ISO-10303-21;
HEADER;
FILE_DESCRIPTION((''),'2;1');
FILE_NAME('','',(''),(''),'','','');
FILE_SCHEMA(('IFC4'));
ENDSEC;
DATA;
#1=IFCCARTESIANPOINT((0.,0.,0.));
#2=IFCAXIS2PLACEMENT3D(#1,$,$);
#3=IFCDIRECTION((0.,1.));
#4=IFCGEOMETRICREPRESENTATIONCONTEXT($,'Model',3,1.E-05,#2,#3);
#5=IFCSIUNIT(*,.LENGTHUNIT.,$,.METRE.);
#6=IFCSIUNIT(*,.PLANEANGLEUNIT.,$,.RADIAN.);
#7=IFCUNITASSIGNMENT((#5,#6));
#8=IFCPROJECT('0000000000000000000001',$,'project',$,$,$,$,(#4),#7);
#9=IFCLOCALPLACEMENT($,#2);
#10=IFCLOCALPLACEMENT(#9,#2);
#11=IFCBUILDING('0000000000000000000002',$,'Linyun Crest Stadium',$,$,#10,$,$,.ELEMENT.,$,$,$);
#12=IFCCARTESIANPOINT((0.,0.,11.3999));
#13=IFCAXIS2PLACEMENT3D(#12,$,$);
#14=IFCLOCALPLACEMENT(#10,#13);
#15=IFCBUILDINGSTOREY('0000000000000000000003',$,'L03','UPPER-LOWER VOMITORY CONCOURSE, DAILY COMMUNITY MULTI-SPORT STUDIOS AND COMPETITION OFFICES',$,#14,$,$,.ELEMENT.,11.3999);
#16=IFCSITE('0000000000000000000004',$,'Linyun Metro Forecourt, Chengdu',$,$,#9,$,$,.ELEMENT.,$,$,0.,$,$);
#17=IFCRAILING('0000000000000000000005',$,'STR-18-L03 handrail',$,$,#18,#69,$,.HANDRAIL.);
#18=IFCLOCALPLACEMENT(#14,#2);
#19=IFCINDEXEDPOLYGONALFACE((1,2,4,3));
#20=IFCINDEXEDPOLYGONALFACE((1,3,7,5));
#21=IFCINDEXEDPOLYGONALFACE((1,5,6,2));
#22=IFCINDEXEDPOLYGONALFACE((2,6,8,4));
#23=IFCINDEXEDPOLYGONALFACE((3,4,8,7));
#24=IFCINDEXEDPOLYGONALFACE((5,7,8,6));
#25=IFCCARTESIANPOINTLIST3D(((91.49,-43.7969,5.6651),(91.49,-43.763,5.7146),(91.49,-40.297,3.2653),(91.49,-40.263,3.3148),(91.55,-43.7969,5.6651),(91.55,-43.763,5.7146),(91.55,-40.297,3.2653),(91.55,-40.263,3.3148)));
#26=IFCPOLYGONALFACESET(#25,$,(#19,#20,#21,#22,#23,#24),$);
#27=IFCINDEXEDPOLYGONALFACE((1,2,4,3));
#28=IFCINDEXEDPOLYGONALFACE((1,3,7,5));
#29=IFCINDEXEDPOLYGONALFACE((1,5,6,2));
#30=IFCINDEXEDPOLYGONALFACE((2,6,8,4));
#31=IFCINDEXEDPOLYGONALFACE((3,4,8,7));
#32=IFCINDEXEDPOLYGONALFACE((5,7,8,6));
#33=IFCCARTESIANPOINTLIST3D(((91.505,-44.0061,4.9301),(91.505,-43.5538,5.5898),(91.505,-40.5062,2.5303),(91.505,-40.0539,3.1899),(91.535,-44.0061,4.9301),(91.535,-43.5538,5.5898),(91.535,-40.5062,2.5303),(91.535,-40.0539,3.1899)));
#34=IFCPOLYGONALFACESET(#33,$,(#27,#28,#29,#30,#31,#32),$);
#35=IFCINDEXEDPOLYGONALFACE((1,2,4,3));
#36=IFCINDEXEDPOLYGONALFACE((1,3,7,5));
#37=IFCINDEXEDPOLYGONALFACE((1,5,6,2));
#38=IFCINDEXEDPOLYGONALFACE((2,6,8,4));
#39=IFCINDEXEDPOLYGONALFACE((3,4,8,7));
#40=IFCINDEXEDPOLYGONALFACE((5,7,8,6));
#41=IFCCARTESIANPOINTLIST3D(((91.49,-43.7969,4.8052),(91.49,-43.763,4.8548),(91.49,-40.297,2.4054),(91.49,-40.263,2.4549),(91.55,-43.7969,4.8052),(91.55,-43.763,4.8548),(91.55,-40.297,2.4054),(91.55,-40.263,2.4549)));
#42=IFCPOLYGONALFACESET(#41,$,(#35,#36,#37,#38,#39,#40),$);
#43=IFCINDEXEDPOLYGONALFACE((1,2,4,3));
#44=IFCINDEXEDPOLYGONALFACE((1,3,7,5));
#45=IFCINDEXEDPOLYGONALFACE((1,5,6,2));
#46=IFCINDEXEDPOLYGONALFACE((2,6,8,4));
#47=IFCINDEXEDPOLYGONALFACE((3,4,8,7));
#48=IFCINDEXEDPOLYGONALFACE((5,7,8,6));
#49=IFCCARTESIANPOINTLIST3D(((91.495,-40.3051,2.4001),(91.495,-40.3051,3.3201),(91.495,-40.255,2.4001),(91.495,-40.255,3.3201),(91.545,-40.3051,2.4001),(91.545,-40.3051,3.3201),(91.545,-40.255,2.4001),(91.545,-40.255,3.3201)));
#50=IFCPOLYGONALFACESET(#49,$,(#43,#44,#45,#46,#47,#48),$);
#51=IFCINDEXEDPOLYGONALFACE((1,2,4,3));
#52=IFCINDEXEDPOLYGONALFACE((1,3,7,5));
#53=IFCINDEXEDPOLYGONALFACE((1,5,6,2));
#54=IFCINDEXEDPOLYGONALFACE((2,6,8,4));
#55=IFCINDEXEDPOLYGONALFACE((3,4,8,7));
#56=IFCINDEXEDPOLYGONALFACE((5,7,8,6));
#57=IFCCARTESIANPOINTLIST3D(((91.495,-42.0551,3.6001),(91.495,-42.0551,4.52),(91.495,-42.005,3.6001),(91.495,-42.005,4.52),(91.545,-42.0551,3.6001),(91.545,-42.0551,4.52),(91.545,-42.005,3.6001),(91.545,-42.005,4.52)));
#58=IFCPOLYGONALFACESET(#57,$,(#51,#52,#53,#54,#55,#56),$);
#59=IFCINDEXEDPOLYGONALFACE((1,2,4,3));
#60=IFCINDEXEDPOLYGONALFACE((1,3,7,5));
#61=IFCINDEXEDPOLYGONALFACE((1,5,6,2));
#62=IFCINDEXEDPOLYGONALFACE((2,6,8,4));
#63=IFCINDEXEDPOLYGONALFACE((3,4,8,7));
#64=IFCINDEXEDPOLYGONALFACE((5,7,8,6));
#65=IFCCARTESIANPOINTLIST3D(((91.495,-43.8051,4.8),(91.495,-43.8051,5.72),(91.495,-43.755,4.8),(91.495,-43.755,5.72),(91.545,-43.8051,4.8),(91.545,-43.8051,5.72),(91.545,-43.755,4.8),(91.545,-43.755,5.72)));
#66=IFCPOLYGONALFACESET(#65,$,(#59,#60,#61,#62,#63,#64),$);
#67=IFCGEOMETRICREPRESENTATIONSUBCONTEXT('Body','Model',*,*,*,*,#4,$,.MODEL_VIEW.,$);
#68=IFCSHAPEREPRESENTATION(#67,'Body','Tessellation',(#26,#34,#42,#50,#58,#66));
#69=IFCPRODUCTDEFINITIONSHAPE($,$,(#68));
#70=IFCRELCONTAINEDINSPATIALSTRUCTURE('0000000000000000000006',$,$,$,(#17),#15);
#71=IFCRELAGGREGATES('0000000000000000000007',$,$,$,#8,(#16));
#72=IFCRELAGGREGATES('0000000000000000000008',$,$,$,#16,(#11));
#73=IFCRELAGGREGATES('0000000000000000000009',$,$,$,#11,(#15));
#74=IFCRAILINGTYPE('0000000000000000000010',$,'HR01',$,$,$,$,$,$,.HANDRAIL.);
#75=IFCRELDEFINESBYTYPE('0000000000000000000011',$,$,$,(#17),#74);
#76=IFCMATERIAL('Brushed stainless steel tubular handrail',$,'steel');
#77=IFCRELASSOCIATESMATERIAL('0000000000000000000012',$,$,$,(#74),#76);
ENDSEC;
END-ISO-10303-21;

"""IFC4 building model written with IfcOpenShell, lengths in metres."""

from ifc_helpers import new_model, si_unit, direction, frame, origin, origin_2d, place, context, subcontext, project, spatial, rectangle, extrude, material, type_object, element, save


model = new_model("IFC4")

# Units and contexts
model_context = context("Model", 3, precision=1e-05, world=origin(), true_north=direction((0.0, 1.0)))
body_context = subcontext(model_context, "Body", "Model", "MODEL_VIEW")
ifc_project = project(units=[si_unit("LENGTHUNIT", "METRE"), si_unit("PLANEANGLEUNIT", "RADIAN")], contexts=[model_context])

# Site, building, storey
site_placement = place(None, origin())
site = spatial("IfcSite", under=ifc_project, at=site_placement, Name="Linyun Metro Forecourt, Chengdu", CompositionType="ELEMENT", RefElevation=0.0)
building_placement = place(site_placement, origin())
building = spatial("IfcBuilding", under=site, at=building_placement, Name="Linyun Crest Stadium", CompositionType="ELEMENT")
storey_placement = place(building_placement, frame((0.0, 0.0, 11.3999)))
storey = spatial("IfcBuildingStorey", under=building, at=storey_placement, Name="L03", Description="UPPER-LOWER VOMITORY CONCOURSE, DAILY COMMUNITY MULTI-SPORT STUDIOS AND COMPETITION OFFICES", CompositionType="ELEMENT", Elevation=11.3999)

# Railing
ifc_material_1 = material(Name="Brushed stainless steel tubular handrail", Category="steel")
railing_type_1 = type_object("IfcRailingType", Name="HR01", PredefinedType="HANDRAIL", material=ifc_material_1)
railing_1_placement = place(storey_placement, frame((91.52, -40.28, 2.4001)))
element("IfcRailing", 1, at=railing_1_placement, inside=storey, type_object=railing_type_1, Name="STR-18-L03 handrail", PredefinedType="HANDRAIL", context=body_context, shape_type="SweptSolid", body=[
    extrude(rectangle(XDim=0.0601, YDim=0.0601, at=origin_2d()), frame((0.0, 0.0, 0.8899), z_axis=(0.0, -0.82474, 0.565513), x_axis=(1.0, 0.0, 0.0)), (0.0, 0.0, 1.0), 4.2437),
    extrude(rectangle(XDim=0.03, YDim=0.7998, at=origin_2d()), frame((0.0, 0.0, 0.46), z_axis=(0.0, -0.82474, 0.565513), x_axis=(1.0, 0.0, 0.0)), (0.0, 0.0, 1.0), 4.2437),
    extrude(rectangle(XDim=0.0601, YDim=0.0601, at=origin_2d()), frame((0.0, 0.0, 0.03), z_axis=(0.0, -0.82474, 0.565513), x_axis=(1.0, 0.0, 0.0)), (0.0, 0.0, 1.0), 4.2437),
    extrude(rectangle(XDim=0.05, YDim=0.05, at=origin_2d()), origin(), (0.0, 0.0, 1.0), 0.9199),
    extrude(rectangle(XDim=0.05, YDim=0.05, at=origin_2d()), frame((0.0, -1.75, 1.2)), (0.0, 0.0, 1.0), 0.9199),
    extrude(rectangle(XDim=0.05, YDim=0.05, at=origin_2d()), frame((0.0, -3.5, 2.3999)), (0.0, 0.0, 1.0), 0.9199),
])

save(model, "model.ifc")
